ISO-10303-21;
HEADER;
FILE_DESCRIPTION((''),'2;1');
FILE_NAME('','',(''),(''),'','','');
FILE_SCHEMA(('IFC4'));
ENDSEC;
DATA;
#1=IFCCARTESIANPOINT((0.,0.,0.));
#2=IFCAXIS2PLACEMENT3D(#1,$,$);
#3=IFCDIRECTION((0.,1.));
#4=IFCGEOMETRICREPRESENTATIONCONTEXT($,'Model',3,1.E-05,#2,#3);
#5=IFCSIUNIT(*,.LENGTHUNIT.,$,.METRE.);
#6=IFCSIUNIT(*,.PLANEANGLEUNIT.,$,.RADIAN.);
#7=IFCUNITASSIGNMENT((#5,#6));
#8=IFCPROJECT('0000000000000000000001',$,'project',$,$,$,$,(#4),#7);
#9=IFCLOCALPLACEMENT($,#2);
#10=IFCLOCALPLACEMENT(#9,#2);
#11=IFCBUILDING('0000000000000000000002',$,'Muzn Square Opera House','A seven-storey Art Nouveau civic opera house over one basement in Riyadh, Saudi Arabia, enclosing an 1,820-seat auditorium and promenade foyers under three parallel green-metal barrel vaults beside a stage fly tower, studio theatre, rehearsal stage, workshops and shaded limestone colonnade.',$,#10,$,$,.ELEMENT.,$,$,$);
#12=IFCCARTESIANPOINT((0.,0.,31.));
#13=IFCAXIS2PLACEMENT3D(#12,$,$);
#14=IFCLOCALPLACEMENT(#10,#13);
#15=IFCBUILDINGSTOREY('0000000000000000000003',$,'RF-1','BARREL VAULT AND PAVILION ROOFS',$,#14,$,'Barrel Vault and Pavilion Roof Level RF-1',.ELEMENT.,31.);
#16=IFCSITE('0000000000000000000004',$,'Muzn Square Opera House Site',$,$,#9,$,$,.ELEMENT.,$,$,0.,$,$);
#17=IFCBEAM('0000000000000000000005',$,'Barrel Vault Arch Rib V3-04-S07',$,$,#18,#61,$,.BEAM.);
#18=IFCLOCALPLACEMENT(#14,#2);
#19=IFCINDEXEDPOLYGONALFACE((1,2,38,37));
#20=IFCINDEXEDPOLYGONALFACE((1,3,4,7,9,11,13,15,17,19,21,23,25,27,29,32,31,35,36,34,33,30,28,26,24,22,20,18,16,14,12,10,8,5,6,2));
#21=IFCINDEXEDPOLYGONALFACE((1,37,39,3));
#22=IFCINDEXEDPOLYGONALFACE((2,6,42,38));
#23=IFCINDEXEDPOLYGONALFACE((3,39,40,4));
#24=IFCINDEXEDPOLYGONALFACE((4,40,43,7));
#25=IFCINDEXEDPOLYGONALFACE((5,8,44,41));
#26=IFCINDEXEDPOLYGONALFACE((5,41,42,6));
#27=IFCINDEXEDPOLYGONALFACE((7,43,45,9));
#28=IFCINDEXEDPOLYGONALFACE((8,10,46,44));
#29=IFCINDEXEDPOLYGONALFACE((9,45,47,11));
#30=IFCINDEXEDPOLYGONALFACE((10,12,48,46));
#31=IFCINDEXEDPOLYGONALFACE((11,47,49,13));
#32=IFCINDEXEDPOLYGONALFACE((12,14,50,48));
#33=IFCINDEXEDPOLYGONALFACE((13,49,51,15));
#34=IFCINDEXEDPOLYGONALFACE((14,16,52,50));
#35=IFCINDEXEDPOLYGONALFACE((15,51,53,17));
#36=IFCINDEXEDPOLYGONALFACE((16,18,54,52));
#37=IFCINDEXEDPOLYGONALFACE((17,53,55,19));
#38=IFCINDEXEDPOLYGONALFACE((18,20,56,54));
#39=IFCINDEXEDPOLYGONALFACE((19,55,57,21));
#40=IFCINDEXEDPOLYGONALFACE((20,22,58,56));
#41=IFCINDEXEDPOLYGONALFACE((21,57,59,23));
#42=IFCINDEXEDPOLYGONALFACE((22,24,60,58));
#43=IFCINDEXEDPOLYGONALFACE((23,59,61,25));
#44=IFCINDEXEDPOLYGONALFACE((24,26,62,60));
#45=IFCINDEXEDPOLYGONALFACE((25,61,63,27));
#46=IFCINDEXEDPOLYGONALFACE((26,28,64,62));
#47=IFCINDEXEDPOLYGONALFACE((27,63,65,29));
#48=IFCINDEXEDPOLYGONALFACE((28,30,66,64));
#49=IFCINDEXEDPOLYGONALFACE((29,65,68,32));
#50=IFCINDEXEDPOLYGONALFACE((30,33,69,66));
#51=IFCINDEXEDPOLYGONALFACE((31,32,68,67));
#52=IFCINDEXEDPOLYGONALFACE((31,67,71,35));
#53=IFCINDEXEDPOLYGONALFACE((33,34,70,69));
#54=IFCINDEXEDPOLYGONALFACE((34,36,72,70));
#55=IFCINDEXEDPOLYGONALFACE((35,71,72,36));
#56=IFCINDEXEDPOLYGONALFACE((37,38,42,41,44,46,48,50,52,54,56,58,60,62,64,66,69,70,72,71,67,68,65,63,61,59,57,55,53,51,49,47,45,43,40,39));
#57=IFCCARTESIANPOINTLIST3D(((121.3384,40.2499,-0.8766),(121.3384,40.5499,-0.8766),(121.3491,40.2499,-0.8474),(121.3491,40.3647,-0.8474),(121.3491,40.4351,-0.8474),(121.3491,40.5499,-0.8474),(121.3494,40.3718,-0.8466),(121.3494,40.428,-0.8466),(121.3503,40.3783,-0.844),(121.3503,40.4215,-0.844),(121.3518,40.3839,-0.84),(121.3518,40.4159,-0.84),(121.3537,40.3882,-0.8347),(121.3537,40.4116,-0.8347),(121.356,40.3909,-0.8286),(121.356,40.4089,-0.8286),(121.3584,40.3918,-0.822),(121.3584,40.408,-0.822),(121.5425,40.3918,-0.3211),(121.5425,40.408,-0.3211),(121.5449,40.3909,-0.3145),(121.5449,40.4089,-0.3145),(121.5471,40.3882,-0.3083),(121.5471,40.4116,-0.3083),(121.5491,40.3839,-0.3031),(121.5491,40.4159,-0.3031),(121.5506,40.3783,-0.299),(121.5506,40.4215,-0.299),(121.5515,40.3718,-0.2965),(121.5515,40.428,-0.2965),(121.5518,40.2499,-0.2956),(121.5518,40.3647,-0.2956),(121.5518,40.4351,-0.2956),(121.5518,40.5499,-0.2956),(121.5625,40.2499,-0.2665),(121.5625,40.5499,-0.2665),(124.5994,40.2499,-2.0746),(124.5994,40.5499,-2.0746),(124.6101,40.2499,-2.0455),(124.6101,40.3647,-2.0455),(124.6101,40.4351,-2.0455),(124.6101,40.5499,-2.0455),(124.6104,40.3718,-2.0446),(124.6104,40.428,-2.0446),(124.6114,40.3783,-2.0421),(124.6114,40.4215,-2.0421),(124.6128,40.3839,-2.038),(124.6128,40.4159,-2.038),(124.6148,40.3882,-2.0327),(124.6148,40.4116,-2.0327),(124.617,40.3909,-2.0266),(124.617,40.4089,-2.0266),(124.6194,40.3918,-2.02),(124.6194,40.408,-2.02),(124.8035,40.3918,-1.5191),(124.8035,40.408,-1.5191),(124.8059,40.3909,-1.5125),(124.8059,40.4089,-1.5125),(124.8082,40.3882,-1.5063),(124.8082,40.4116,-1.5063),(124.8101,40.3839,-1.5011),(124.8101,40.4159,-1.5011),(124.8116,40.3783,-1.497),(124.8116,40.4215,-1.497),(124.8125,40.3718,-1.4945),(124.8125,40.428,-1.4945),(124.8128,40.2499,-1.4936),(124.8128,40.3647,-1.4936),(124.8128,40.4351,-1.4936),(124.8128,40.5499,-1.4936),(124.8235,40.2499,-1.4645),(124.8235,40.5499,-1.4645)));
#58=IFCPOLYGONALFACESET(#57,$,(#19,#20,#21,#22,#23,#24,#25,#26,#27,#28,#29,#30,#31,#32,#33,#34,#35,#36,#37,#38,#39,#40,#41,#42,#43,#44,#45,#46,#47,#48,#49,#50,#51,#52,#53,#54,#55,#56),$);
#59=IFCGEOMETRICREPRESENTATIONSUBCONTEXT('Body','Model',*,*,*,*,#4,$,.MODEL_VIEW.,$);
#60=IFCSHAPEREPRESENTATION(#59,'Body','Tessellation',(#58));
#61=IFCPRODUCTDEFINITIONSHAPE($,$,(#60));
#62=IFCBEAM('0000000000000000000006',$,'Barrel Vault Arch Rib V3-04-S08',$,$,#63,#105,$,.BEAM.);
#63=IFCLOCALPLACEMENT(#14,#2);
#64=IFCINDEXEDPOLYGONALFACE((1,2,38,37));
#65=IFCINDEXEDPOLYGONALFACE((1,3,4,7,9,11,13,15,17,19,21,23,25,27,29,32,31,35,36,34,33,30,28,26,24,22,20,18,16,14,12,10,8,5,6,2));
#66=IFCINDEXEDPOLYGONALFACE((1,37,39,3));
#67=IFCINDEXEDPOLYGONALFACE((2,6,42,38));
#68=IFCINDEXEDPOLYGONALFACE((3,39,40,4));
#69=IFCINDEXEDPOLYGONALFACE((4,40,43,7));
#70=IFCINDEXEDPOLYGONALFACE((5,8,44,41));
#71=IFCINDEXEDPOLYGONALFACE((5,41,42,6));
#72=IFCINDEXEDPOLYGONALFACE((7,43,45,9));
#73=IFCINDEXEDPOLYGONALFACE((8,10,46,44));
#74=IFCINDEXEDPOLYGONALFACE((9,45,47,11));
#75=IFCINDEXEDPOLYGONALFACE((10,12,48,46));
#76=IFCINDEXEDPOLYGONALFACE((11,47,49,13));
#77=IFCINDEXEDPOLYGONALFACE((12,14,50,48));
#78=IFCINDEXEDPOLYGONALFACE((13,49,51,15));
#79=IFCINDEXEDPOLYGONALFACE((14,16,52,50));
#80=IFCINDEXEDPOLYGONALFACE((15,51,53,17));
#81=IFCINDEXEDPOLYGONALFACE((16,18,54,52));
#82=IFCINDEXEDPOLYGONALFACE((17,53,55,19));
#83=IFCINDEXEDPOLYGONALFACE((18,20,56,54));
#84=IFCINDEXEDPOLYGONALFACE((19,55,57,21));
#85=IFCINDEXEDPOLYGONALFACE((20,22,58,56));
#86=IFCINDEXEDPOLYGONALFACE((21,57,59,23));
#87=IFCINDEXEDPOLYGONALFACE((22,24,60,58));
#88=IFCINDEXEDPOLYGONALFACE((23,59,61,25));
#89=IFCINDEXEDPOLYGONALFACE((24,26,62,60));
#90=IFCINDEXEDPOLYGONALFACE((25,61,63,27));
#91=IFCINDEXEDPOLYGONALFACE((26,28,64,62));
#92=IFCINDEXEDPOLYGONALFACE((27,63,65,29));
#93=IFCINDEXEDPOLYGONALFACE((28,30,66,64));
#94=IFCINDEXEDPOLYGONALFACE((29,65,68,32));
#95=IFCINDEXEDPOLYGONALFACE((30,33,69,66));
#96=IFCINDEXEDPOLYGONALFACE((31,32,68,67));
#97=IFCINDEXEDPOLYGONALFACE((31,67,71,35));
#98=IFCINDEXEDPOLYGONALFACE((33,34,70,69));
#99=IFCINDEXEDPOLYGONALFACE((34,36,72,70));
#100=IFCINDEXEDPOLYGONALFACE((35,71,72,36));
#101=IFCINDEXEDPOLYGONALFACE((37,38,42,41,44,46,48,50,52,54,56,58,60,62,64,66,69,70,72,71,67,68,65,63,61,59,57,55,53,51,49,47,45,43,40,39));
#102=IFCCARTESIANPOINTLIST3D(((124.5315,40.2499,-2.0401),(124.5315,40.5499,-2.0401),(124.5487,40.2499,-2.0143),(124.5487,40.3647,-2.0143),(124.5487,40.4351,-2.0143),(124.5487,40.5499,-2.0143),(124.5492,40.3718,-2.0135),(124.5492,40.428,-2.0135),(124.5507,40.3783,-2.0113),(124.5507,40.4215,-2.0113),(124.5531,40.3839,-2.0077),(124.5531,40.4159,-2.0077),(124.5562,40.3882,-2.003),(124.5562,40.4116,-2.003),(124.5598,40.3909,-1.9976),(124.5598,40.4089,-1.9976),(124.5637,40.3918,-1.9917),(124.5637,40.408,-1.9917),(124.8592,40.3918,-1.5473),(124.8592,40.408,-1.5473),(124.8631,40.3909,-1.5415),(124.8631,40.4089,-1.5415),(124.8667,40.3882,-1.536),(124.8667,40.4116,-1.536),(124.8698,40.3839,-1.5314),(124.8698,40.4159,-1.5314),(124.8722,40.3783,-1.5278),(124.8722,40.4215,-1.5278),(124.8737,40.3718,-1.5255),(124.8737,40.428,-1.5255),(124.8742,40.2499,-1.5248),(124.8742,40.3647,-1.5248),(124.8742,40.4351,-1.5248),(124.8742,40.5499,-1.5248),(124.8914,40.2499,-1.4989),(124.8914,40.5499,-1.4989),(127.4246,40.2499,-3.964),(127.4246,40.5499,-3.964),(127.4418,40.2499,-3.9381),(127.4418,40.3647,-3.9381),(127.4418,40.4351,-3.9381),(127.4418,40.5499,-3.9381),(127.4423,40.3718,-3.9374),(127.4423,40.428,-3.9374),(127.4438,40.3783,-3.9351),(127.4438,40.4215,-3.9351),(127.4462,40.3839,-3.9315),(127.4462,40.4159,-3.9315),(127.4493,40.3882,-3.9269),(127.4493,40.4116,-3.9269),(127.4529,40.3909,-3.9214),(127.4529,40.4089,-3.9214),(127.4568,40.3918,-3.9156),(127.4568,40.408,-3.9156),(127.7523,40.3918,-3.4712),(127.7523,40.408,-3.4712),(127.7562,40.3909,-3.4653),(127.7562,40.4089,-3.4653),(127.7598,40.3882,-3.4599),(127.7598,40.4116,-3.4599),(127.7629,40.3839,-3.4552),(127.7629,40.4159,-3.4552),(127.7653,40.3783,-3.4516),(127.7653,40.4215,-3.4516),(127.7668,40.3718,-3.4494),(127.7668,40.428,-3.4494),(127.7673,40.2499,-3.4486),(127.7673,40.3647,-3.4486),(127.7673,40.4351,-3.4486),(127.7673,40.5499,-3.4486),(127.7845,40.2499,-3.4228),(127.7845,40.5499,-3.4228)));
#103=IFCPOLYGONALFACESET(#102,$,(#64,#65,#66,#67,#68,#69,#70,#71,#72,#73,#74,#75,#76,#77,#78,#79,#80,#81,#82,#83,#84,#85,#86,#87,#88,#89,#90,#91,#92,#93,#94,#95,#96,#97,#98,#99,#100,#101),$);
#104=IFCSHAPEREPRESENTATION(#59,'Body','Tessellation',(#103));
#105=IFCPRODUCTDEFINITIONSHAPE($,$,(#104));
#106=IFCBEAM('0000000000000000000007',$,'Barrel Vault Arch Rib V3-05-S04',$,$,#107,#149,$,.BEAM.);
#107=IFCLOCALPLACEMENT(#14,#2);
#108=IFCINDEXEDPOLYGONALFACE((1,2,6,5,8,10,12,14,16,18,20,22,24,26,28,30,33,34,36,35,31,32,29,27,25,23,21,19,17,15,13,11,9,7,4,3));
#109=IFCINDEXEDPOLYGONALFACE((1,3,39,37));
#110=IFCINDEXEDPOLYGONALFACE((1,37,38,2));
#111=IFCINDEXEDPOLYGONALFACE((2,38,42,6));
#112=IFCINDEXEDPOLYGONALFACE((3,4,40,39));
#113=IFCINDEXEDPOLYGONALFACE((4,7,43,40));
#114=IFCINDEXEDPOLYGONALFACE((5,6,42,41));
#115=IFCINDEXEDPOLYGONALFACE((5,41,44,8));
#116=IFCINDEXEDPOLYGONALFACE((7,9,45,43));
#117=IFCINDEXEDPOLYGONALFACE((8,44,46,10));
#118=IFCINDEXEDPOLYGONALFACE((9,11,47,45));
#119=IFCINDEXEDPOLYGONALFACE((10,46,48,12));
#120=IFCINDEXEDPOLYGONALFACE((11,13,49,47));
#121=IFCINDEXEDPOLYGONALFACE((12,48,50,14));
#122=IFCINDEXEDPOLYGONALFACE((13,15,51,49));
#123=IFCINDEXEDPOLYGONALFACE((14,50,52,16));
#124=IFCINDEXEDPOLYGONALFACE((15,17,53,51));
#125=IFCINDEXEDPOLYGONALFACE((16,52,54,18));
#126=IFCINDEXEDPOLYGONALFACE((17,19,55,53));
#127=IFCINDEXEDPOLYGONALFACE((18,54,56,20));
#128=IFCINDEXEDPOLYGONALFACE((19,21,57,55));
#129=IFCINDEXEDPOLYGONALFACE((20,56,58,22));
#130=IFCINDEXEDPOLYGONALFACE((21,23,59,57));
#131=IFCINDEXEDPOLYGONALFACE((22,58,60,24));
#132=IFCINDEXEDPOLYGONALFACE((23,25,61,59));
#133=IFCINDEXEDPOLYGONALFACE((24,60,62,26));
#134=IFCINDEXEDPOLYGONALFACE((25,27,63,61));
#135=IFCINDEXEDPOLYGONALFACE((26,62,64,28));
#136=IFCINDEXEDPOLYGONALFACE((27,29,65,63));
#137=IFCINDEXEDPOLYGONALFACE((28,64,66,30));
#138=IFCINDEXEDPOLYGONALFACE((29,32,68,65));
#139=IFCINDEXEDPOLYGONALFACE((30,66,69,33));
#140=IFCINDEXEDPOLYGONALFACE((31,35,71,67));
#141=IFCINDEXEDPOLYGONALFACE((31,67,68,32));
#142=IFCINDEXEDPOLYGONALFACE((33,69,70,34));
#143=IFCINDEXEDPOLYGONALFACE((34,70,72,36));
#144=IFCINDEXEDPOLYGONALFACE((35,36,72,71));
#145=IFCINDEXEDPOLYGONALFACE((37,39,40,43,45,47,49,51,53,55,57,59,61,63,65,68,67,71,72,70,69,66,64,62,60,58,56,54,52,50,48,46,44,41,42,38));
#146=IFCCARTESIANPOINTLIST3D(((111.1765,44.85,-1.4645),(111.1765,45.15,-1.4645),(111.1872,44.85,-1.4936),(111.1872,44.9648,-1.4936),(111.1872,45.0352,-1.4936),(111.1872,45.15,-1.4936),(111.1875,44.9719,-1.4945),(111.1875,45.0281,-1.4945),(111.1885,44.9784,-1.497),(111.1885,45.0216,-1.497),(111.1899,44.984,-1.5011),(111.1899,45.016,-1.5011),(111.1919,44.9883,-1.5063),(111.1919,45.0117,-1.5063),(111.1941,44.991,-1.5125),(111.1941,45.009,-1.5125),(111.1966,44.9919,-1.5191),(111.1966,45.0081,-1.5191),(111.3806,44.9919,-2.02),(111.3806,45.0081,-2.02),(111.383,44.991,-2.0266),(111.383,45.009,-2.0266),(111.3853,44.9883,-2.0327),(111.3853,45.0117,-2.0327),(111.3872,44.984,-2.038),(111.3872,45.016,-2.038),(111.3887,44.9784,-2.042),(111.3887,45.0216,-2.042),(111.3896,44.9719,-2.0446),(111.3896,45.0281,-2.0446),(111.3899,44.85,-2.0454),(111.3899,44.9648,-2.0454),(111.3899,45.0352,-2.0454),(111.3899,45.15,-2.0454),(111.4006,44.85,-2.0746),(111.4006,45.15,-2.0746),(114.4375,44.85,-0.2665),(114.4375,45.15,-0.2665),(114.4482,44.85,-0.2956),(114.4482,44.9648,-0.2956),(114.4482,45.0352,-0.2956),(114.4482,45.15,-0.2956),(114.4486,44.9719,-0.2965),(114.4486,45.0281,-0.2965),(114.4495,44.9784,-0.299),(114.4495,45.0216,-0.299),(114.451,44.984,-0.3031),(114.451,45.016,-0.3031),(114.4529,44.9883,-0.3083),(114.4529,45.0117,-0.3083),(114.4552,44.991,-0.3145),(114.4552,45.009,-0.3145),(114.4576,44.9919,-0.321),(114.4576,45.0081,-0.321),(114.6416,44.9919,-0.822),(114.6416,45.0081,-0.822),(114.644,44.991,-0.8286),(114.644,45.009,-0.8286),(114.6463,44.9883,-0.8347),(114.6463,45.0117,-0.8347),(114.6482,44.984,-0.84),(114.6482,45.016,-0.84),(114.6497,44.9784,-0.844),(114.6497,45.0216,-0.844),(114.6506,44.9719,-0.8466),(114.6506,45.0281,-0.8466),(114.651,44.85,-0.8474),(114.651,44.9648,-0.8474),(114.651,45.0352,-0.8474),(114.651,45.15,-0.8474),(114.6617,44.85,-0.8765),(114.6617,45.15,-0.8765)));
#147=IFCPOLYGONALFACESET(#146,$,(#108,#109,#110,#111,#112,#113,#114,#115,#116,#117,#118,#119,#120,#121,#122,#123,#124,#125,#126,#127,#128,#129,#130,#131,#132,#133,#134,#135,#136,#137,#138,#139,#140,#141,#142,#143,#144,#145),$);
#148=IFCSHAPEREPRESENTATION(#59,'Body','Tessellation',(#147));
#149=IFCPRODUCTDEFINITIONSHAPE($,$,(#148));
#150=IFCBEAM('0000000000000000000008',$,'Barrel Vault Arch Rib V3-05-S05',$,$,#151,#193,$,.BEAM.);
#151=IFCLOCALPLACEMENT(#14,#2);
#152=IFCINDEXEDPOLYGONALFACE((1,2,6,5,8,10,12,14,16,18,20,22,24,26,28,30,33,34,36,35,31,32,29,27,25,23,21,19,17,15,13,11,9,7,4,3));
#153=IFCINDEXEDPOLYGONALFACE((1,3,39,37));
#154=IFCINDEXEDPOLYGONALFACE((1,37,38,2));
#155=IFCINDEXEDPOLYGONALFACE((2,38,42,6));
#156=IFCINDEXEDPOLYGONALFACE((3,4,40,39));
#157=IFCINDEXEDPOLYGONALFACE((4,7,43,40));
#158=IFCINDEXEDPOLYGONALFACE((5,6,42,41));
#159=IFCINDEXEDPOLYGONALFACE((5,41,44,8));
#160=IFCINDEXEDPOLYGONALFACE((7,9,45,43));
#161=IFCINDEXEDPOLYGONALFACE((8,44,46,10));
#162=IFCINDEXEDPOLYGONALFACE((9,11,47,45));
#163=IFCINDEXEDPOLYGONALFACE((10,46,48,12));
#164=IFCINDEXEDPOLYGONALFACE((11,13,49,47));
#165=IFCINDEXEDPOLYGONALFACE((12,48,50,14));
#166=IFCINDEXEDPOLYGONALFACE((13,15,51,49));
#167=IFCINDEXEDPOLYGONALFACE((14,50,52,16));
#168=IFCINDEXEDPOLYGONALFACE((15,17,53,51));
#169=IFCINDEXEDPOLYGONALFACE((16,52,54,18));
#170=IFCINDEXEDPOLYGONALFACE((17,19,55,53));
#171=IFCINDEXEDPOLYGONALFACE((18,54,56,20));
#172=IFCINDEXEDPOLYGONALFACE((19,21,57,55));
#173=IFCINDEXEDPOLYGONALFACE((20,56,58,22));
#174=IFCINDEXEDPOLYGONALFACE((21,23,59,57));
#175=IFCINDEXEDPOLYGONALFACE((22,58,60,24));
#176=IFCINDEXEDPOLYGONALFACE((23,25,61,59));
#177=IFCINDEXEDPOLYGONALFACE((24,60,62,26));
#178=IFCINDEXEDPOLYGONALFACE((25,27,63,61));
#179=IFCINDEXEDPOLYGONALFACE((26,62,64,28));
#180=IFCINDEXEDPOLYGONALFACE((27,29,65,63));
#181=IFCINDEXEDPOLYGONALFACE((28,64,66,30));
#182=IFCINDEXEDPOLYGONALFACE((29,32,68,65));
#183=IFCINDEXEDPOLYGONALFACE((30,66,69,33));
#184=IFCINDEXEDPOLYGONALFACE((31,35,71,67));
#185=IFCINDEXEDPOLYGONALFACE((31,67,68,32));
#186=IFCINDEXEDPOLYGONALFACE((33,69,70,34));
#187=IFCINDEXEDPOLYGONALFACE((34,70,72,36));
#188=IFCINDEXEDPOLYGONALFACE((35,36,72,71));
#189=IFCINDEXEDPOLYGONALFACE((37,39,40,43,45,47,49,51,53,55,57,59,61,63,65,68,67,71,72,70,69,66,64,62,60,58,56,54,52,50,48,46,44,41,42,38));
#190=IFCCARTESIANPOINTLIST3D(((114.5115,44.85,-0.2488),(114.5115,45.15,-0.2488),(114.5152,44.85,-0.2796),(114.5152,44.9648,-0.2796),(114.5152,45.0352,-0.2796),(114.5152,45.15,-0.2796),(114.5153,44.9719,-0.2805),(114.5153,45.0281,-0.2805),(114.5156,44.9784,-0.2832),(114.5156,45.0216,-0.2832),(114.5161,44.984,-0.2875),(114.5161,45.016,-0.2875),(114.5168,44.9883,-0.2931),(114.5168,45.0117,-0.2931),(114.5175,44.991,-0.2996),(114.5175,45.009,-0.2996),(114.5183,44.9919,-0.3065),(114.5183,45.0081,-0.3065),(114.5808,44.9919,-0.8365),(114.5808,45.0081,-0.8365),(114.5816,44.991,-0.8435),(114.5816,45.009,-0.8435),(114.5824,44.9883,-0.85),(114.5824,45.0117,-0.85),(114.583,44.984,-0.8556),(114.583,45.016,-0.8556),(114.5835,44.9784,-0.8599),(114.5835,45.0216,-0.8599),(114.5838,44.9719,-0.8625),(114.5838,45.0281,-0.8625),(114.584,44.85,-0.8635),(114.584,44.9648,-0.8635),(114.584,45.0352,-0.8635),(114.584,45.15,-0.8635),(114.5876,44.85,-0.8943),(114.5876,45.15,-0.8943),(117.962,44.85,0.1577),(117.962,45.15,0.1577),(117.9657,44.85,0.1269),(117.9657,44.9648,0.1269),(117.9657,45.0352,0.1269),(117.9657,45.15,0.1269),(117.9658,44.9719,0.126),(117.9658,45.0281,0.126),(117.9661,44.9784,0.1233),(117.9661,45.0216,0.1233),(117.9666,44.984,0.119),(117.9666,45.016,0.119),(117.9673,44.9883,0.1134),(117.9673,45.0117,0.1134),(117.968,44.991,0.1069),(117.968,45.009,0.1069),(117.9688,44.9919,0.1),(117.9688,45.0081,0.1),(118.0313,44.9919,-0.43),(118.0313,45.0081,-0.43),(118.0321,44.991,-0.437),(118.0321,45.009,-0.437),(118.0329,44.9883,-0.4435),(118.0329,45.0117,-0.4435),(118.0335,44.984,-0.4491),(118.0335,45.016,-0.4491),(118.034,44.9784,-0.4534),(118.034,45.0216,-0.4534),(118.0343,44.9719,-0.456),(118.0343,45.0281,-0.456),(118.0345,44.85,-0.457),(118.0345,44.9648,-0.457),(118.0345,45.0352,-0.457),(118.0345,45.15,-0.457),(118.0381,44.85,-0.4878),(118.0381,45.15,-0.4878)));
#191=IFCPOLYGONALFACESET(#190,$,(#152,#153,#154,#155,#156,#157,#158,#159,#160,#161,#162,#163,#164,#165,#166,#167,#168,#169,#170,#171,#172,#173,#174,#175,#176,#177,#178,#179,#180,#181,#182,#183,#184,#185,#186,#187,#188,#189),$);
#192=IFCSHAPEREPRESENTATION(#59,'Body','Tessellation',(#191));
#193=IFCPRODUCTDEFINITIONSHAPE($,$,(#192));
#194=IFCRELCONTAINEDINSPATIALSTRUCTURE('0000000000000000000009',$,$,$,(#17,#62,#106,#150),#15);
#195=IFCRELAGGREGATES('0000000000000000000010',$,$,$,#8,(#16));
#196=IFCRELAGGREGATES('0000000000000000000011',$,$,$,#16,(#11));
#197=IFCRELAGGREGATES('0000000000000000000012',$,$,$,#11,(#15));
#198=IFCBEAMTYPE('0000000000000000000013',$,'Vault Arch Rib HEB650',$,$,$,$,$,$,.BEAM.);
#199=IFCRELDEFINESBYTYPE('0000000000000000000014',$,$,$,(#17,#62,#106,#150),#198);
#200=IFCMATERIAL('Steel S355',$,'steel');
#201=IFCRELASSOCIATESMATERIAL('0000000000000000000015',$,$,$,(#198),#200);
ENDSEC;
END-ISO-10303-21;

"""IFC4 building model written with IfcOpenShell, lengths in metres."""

from ifc_helpers import new_model, si_unit, direction, frame, origin, origin_2d, place, context, subcontext, project, spatial, i_section, extrude, material, material_profile, profile_set, type_object, element, save


model = new_model("IFC4")

# Units and contexts
model_context = context("Model", 3, precision=1e-05, world=origin(), true_north=direction((0.0, 1.0)))
body_context = subcontext(model_context, "Body", "Model", "MODEL_VIEW")
ifc_project = project(units=[si_unit("LENGTHUNIT", "METRE"), si_unit("PLANEANGLEUNIT", "RADIAN")], contexts=[model_context])

# Site, building, storey
site_placement = place(None, origin())
site = spatial("IfcSite", under=ifc_project, at=site_placement, Name="Muzn Square Opera House Site", CompositionType="ELEMENT", RefElevation=0.0)
building_placement = place(site_placement, origin())
building = spatial("IfcBuilding", under=site, at=building_placement, Name="Muzn Square Opera House", Description="A seven-storey Art Nouveau civic opera house over one basement in Riyadh, Saudi Arabia, enclosing an 1,820-seat auditorium and promenade foyers under three parallel green-metal barrel vaults beside a stage fly tower, studio theatre, rehearsal stage, workshops and shaded limestone colonnade.", CompositionType="ELEMENT")
storey_placement = place(building_placement, frame((0.0, 0.0, 31.0)))
storey = spatial("IfcBuildingStorey", under=building, at=storey_placement, Name="RF-1", Description="BARREL VAULT AND PAVILION ROOFS", LongName="Barrel Vault and Pavilion Roof Level RF-1", CompositionType="ELEMENT", Elevation=31.0)

# Beams
ifc_material_1 = material(Name="Steel S355", Category="steel")
ifc_material_profile_1 = material_profile(ifc_material_1, i_section(OverallWidth=0.3, OverallDepth=0.6499, WebThickness=0.0161, FlangeThickness=0.031, FilletRadius=0.0271, at=origin_2d()), Name="HEB 650", Category="steel")
ifc_profile_set_1 = profile_set([ifc_material_profile_1], Name="Steel S355")
beam_type_1 = type_object("IfcBeamType", Name="Vault Arch Rib HEB650", PredefinedType="BEAM", material=ifc_profile_set_1)
beam_1_placement = place(storey_placement, frame((121.4504, 40.3999, -0.5715), z_axis=(0.938662, 0.0, -0.344839), x_axis=(0.0, 1.0, 0.0)))
element("IfcBeam", 1, at=beam_1_placement, inside=storey, type_object=beam_type_1, Name="Barrel Vault Arch Rib V3-04-S07", PredefinedType="BEAM", context=body_context, shape_type="SweptSolid", body=[
    extrude(i_section(OverallWidth=0.3, OverallDepth=0.6499, WebThickness=0.0161, FlangeThickness=0.031, FilletRadius=0.0271, at=origin_2d()), origin(), (0.0, 0.0, 1.0), 3.4741),
])
beam_2_placement = place(storey_placement, frame((124.7114, 40.3999, -1.7695), z_axis=(0.832698, 0.0, -0.553727), x_axis=(0.0, 1.0, 0.0)))
element("IfcBeam", 2, at=beam_2_placement, inside=storey, type_object=beam_type_1, Name="Barrel Vault Arch Rib V3-04-S08", PredefinedType="BEAM", context=body_context, shape_type="SweptSolid", body=[
    extrude(i_section(OverallWidth=0.3, OverallDepth=0.6499, WebThickness=0.0161, FlangeThickness=0.031, FilletRadius=0.0271, at=origin_2d()), origin(), (0.0, 0.0, 1.0), 3.4744),
])
beam_3_placement = place(storey_placement, frame((111.2886, 45.0, -1.7695), z_axis=(0.938662, 0.0, 0.344839), x_axis=(0.0, 1.0, 0.0)))
element("IfcBeam", 3, at=beam_3_placement, inside=storey, type_object=beam_type_1, Name="Barrel Vault Arch Rib V3-05-S04", PredefinedType="BEAM", context=body_context, shape_type="SweptSolid", body=[
    extrude(i_section(OverallWidth=0.3, OverallDepth=0.6499, WebThickness=0.0161, FlangeThickness=0.031, FilletRadius=0.0271, at=origin_2d()), origin(), (0.0, 0.0, 1.0), 3.4741),
])
beam_4_placement = place(storey_placement, frame((114.5496, 45.0, -0.5715), z_axis=(0.993132, 0.0, 0.117), x_axis=(0.0, 1.0, 0.0)))
element("IfcBeam", 4, at=beam_4_placement, inside=storey, type_object=beam_type_1, Name="Barrel Vault Arch Rib V3-05-S05", PredefinedType="BEAM", context=body_context, shape_type="SweptSolid", body=[
    extrude(i_section(OverallWidth=0.3, OverallDepth=0.6499, WebThickness=0.0161, FlangeThickness=0.031, FilletRadius=0.0271, at=origin_2d()), origin(), (0.0, 0.0, 1.0), 3.4744),
])

save(model, "model.ifc")
